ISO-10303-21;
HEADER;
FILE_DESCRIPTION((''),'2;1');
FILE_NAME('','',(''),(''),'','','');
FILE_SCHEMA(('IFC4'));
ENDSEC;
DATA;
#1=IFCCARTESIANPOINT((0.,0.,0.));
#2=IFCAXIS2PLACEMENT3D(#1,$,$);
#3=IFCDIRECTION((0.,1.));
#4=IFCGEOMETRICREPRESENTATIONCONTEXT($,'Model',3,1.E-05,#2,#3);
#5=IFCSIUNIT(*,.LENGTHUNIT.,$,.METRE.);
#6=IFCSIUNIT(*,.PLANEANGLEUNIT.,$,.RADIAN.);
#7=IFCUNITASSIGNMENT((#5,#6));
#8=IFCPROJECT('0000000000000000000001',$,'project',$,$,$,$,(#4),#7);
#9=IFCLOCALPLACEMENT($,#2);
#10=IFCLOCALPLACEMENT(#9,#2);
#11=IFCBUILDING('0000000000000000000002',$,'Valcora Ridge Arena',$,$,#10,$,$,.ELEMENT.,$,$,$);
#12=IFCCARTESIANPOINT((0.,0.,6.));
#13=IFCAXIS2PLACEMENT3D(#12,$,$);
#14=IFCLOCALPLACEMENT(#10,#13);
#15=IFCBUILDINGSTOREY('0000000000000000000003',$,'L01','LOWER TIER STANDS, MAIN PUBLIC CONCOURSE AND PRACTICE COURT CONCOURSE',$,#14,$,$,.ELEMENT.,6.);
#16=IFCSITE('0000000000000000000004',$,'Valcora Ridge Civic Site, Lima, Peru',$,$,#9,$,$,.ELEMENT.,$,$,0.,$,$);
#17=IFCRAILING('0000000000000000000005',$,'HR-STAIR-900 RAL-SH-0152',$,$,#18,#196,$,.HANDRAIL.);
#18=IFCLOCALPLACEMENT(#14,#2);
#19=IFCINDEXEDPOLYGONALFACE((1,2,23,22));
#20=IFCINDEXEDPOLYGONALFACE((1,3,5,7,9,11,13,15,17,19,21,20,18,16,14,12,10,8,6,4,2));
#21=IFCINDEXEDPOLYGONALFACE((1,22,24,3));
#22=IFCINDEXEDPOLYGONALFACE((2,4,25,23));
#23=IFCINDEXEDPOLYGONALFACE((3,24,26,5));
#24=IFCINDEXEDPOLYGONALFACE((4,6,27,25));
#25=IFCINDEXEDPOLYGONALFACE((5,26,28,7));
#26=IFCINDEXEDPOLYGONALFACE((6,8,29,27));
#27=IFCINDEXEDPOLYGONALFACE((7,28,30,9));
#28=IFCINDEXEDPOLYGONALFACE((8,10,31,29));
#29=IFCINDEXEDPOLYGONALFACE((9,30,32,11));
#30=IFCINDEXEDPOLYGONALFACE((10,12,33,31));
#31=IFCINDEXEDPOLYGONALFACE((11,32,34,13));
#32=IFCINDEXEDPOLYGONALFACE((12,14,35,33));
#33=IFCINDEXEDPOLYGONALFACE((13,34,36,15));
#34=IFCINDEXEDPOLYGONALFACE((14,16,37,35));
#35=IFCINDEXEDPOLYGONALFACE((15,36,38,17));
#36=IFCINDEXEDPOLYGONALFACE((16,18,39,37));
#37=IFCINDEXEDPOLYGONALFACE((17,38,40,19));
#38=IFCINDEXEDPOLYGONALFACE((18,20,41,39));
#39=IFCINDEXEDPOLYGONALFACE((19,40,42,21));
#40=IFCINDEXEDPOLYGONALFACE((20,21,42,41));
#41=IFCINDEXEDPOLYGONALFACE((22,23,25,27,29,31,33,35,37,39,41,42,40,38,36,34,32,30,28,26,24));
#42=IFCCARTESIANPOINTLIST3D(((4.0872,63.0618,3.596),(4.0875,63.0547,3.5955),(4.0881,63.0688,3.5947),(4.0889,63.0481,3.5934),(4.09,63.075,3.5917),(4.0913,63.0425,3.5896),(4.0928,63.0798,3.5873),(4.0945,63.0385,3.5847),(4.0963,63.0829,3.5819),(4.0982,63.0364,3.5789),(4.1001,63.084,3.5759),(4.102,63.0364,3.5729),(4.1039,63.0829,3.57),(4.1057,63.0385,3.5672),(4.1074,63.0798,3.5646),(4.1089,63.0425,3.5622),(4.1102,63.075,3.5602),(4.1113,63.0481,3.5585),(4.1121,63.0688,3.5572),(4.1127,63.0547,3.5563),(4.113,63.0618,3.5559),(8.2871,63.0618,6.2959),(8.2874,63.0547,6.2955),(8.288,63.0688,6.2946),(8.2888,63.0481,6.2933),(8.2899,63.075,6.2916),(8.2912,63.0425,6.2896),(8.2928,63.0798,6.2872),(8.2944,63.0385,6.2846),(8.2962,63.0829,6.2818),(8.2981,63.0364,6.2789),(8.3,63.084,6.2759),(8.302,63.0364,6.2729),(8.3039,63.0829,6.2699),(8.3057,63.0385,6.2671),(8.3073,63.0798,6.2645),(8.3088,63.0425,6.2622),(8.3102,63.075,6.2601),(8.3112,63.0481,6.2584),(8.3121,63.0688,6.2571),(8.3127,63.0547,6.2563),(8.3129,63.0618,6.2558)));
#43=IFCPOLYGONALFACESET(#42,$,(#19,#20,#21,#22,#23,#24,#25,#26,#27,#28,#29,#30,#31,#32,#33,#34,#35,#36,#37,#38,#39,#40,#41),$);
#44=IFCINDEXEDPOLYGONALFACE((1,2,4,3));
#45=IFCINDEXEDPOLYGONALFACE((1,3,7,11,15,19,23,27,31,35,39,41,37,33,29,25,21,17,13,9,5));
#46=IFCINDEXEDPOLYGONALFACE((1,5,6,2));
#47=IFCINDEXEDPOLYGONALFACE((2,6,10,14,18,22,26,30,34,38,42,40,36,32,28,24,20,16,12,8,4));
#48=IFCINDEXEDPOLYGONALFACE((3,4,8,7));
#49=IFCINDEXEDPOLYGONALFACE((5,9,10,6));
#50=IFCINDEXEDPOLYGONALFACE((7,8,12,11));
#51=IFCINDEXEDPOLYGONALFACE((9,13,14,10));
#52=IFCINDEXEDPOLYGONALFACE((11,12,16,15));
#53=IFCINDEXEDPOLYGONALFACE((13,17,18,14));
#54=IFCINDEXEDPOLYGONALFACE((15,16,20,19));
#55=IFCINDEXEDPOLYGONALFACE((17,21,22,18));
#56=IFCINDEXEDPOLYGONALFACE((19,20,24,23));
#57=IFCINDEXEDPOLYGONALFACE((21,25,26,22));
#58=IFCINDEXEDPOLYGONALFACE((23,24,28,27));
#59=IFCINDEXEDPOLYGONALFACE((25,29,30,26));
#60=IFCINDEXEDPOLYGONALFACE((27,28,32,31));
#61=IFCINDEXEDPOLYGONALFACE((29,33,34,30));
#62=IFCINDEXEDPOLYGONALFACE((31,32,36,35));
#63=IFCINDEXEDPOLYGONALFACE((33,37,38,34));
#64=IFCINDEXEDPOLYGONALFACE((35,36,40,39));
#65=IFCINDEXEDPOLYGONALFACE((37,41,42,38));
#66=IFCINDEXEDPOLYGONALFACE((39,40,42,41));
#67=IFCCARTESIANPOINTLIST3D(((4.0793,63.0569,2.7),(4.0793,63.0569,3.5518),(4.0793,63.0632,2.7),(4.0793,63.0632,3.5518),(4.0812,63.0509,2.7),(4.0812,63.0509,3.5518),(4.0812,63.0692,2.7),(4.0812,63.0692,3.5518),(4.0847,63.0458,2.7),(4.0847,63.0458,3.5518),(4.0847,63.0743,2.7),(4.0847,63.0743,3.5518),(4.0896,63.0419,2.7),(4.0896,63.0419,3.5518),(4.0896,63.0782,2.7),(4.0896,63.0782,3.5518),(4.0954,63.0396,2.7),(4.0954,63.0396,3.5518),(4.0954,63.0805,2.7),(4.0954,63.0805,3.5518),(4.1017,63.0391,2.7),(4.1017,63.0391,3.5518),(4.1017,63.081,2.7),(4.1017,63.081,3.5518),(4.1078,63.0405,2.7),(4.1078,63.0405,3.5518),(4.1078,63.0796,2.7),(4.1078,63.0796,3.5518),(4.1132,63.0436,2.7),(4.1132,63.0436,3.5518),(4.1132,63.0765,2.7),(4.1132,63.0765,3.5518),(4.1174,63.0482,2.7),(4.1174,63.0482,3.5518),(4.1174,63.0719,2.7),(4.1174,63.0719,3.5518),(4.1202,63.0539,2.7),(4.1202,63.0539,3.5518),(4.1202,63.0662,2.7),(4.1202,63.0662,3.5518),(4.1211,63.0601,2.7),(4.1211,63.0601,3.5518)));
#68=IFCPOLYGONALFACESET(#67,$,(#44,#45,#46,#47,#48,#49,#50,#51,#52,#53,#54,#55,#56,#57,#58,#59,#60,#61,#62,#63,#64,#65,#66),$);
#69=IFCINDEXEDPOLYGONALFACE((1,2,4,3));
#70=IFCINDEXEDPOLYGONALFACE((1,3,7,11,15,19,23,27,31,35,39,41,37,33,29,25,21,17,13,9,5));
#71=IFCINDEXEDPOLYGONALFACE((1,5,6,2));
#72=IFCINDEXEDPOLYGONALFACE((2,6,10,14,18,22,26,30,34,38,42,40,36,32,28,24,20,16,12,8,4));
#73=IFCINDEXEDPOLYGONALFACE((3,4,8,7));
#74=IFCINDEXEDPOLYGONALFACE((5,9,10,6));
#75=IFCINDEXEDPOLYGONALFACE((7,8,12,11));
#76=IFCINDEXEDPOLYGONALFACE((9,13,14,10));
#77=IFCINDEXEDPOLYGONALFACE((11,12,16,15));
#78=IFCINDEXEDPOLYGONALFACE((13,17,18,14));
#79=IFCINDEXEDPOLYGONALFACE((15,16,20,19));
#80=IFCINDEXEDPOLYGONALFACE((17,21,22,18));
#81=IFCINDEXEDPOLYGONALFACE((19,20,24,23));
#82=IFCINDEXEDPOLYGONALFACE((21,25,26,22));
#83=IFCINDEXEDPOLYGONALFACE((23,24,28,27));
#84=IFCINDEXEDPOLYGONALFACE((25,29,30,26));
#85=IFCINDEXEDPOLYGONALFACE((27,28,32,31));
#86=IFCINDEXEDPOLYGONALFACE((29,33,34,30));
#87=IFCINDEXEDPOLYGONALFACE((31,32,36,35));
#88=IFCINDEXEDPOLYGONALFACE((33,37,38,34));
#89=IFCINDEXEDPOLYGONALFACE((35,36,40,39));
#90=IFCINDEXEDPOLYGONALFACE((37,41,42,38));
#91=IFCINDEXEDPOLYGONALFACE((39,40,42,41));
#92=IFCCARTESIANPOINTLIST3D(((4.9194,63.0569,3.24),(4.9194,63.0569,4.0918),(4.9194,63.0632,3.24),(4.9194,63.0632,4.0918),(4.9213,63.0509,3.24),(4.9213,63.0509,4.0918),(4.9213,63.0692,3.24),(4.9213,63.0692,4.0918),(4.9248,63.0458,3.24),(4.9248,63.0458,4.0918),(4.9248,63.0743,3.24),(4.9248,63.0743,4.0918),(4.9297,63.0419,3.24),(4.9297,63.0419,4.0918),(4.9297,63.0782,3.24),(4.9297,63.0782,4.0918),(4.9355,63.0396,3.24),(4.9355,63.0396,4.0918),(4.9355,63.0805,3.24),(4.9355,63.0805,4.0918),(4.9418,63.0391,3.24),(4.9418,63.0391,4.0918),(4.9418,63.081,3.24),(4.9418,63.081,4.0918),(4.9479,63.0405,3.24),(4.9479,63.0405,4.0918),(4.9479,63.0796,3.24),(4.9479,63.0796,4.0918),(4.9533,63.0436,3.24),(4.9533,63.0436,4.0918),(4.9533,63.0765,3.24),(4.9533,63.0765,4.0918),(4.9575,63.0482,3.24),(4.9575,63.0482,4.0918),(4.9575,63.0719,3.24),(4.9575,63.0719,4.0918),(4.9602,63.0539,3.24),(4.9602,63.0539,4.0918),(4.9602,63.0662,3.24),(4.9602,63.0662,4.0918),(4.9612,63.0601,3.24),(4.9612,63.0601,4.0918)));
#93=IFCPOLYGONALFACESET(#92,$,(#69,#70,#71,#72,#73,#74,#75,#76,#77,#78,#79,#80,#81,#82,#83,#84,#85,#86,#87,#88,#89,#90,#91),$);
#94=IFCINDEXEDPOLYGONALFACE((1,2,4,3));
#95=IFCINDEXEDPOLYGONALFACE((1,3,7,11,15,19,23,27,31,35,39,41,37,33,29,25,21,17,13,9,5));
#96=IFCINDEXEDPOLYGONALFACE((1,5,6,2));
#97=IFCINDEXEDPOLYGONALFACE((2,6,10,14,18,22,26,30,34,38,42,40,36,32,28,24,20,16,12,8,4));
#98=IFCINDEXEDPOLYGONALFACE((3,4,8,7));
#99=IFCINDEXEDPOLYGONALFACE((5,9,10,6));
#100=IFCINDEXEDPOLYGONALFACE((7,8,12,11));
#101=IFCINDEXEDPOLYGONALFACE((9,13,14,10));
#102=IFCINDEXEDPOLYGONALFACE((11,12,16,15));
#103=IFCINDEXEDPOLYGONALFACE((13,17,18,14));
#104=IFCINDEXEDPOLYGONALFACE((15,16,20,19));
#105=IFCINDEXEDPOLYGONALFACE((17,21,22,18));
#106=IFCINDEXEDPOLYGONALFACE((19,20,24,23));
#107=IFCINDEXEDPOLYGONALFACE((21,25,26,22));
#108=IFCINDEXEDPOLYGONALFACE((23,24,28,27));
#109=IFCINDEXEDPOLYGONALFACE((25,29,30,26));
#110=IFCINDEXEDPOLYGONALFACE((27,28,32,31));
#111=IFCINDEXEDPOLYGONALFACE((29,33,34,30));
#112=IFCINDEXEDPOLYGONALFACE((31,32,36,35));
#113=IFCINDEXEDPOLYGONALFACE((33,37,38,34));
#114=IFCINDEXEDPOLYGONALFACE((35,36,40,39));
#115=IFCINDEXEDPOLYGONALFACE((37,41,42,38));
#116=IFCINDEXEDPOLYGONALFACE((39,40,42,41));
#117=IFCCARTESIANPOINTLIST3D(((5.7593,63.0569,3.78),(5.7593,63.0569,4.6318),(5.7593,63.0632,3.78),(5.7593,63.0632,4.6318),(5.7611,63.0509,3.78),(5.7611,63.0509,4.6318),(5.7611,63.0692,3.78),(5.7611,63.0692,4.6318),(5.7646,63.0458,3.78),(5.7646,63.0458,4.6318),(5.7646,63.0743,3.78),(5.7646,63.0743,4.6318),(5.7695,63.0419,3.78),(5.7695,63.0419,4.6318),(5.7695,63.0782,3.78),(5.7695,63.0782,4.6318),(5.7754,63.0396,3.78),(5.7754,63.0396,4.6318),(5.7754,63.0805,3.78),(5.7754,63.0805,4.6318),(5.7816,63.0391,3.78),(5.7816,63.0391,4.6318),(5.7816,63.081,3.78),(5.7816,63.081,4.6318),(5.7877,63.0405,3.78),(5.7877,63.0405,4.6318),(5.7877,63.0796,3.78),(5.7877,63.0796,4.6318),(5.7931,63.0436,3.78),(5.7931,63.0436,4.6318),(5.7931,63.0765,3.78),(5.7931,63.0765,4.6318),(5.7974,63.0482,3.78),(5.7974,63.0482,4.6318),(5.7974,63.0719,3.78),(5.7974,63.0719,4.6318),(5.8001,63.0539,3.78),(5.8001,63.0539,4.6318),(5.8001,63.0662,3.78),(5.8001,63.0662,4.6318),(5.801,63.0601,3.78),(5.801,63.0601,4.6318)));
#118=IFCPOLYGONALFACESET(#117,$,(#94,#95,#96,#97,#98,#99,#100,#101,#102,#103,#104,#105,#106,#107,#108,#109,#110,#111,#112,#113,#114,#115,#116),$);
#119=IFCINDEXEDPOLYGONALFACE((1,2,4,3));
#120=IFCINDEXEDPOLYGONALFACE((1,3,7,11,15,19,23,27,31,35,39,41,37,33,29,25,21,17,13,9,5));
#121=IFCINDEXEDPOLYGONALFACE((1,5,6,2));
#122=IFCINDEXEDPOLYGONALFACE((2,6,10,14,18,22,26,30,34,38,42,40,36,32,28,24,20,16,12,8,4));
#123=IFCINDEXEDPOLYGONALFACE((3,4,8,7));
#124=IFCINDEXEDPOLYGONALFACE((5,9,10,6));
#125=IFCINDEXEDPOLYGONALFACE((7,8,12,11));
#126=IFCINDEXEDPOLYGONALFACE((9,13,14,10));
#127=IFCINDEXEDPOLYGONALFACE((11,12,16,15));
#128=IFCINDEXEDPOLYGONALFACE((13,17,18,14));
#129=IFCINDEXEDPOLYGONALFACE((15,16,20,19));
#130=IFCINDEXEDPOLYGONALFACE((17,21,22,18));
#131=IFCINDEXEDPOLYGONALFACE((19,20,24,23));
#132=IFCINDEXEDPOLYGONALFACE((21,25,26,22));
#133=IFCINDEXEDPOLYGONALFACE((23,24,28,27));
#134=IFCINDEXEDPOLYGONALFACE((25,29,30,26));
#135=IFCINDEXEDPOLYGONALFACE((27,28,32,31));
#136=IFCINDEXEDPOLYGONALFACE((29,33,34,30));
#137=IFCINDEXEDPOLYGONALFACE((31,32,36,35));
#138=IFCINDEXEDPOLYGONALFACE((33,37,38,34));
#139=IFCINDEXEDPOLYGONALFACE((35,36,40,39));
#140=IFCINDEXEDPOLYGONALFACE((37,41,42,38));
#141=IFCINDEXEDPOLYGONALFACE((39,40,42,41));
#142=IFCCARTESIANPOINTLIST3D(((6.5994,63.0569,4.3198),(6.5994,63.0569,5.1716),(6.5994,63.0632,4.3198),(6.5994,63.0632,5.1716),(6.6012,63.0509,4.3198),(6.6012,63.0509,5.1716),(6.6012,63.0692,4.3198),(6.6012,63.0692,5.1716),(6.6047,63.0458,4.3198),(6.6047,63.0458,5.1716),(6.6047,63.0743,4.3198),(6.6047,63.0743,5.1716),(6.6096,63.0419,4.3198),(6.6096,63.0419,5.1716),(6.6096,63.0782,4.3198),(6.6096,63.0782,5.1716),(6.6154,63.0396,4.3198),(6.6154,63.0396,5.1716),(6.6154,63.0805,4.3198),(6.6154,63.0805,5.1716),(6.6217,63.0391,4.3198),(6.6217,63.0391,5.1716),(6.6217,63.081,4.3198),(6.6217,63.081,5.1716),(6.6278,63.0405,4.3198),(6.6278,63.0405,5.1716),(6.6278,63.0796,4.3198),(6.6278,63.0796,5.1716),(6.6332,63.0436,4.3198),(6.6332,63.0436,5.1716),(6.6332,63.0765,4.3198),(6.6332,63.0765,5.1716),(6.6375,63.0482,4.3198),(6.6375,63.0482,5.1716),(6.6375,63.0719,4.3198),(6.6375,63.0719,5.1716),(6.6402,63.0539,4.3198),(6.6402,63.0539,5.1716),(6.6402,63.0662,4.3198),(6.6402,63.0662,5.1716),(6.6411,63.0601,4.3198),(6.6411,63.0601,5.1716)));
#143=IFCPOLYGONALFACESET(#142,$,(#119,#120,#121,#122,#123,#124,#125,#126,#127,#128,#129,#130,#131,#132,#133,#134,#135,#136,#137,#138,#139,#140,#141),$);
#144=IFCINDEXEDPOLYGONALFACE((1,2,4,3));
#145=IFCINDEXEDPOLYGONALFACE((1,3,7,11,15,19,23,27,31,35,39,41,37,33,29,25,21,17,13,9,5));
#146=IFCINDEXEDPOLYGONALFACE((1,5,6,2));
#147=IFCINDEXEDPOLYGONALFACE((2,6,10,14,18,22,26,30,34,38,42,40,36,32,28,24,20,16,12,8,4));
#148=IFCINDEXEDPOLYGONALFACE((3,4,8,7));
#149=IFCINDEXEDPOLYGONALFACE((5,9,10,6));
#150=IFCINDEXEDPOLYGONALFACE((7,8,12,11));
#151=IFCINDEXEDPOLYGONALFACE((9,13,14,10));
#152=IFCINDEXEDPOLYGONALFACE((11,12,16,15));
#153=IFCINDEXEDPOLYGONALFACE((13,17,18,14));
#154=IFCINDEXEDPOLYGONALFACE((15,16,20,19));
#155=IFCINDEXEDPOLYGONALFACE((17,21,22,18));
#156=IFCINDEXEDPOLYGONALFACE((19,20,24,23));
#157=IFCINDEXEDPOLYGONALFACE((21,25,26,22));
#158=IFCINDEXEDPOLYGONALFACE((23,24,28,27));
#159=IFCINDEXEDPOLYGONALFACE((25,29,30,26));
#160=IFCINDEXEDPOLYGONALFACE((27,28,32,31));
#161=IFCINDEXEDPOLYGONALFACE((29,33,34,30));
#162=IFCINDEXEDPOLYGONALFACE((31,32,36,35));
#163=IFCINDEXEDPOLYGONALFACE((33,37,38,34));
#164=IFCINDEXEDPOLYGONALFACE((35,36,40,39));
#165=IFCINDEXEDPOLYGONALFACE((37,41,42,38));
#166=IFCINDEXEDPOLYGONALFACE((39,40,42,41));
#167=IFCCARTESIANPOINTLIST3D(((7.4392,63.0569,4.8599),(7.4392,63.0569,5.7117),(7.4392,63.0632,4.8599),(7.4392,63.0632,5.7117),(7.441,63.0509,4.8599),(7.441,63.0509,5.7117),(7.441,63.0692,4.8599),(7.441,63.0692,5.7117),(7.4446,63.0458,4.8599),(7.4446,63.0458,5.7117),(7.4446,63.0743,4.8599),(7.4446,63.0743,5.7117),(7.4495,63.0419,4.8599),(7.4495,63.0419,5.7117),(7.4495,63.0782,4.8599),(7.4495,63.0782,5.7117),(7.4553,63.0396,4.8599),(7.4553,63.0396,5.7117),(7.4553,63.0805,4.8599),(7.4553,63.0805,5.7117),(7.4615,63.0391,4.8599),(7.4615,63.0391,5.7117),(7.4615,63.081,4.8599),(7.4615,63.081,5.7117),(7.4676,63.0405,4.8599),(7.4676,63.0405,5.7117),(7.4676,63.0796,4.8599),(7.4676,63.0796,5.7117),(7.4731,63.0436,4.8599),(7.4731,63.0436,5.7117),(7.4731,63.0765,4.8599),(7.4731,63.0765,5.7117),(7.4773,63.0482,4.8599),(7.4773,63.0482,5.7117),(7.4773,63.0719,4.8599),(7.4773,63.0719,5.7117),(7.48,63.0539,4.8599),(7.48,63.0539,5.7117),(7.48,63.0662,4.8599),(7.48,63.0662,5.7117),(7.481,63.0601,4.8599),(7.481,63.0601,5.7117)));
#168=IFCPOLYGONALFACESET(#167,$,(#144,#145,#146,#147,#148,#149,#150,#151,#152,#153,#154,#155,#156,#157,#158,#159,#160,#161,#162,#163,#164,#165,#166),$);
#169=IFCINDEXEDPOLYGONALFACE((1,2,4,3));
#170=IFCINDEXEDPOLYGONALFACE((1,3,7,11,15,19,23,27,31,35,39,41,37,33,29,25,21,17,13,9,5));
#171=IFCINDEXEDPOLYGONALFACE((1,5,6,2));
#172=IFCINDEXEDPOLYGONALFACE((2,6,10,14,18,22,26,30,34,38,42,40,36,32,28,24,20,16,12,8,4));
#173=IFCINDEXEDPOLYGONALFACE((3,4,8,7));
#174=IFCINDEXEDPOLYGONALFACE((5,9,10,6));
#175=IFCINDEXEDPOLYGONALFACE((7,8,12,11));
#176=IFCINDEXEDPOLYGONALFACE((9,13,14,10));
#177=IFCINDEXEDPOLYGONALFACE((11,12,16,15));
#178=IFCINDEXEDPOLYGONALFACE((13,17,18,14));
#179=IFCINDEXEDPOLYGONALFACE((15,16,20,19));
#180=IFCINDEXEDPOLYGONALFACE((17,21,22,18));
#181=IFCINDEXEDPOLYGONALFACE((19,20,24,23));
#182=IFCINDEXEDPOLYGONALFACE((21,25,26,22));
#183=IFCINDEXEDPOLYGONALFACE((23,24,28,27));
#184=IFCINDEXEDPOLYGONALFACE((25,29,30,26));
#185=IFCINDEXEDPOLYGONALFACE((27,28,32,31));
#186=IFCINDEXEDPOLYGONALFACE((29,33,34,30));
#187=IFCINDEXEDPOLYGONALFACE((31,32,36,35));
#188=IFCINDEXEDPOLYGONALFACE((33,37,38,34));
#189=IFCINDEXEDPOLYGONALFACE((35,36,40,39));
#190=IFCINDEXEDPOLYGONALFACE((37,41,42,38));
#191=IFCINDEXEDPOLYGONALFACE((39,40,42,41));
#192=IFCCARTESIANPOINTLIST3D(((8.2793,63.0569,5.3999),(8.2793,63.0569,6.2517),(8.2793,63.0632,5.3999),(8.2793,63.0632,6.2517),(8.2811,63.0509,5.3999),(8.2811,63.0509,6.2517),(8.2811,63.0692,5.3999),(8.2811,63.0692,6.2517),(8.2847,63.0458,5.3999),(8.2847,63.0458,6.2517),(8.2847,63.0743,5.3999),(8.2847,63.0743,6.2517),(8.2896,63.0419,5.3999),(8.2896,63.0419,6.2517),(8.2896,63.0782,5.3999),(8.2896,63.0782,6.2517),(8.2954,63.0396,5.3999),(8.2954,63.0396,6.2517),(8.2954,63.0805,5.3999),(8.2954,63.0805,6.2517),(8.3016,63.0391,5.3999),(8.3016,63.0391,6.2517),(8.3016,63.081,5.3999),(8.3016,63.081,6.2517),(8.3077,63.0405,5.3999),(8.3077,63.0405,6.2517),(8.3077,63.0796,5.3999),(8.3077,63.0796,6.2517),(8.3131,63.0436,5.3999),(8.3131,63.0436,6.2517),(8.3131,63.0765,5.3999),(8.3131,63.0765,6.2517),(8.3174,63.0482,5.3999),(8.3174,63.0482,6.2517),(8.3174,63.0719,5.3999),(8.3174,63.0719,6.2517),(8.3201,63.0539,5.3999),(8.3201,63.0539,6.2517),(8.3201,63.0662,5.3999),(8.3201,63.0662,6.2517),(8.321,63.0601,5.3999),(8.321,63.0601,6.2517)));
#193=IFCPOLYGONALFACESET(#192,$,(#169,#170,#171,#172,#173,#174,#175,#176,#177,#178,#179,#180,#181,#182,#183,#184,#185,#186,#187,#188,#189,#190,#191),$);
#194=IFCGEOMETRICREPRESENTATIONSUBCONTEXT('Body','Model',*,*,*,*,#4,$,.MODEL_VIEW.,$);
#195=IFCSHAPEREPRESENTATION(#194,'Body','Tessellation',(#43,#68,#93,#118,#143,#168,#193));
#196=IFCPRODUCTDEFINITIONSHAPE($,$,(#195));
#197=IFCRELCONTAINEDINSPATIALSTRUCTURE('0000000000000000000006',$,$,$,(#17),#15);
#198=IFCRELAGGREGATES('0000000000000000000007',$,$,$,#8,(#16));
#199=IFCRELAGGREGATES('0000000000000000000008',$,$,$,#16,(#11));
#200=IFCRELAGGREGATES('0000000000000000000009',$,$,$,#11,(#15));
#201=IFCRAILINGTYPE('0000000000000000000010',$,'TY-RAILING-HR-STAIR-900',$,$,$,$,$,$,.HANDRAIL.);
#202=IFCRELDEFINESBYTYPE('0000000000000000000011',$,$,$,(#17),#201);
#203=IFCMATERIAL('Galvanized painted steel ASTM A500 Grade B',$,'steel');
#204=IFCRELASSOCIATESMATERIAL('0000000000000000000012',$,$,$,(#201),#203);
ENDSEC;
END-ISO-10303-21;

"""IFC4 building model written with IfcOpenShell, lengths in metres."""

from ifc_helpers import new_model, si_unit, direction, frame, origin, origin_2d, place, context, subcontext, project, spatial, circle, extrude, material, type_object, element, save


model = new_model("IFC4")

# Units and contexts
model_context = context("Model", 3, precision=1e-05, world=origin(), true_north=direction((0.0, 1.0)))
body_context = subcontext(model_context, "Body", "Model", "MODEL_VIEW")
ifc_project = project(units=[si_unit("LENGTHUNIT", "METRE"), si_unit("PLANEANGLEUNIT", "RADIAN")], contexts=[model_context])

# Site, building, storey
site_placement = place(None, origin())
site = spatial("IfcSite", under=ifc_project, at=site_placement, Name="Valcora Ridge Civic Site, Lima, Peru", CompositionType="ELEMENT", RefElevation=0.0)
building_placement = place(site_placement, origin())
building = spatial("IfcBuilding", under=site, at=building_placement, Name="Valcora Ridge Arena", CompositionType="ELEMENT")
storey_placement = place(building_placement, frame((0.0, 0.0, 6.0)))
storey = spatial("IfcBuildingStorey", under=building, at=storey_placement, Name="L01", Description="LOWER TIER STANDS, MAIN PUBLIC CONCOURSE AND PRACTICE COURT CONCOURSE", CompositionType="ELEMENT", Elevation=6.0)

# Railing
ifc_material_1 = material(Name="Galvanized painted steel ASTM A500 Grade B", Category="steel")
railing_type = type_object("IfcRailingType", Name="TY-RAILING-HR-STAIR-900", PredefinedType="HANDRAIL", material=ifc_material_1)
railing_placement = place(storey_placement, frame((4.1001, 63.0601, 2.7)))
element("IfcRailing", 1, at=railing_placement, inside=storey, type_object=railing_type, Name="HR-STAIR-900 RAL-SH-0152", PredefinedType="HANDRAIL", context=body_context, shape_type="SweptSolid", body=[
    extrude(circle(Radius=0.0239, at=origin_2d()), frame((0.0, 0.0, 0.876), z_axis=(0.84118, 0.0, 0.540755), x_axis=(0.0, 1.0, 0.0)), (0.0, 0.0, 1.0), 4.9929),
    extrude(circle(Radius=0.021, at=origin_2d()), origin(), (0.0, 0.0, 1.0), 0.8518),
    extrude(circle(Radius=0.021, at=origin_2d()), frame((0.8401, 0.0, 0.54)), (0.0, 0.0, 1.0), 0.8518),
    extrude(circle(Radius=0.021, at=origin_2d()), frame((1.6799, 0.0, 1.0801)), (0.0, 0.0, 1.0), 0.8518),
    extrude(circle(Radius=0.021, at=origin_2d()), frame((2.52, 0.0, 1.6199)), (0.0, 0.0, 1.0), 0.8518),
    extrude(circle(Radius=0.021, at=origin_2d()), frame((3.3599, 0.0, 2.1599)), (0.0, 0.0, 1.0), 0.8518),
    extrude(circle(Radius=0.021, at=origin_2d()), frame((4.2, 0.0, 2.7)), (0.0, 0.0, 1.0), 0.8518),
])

save(model, "model.ifc")
